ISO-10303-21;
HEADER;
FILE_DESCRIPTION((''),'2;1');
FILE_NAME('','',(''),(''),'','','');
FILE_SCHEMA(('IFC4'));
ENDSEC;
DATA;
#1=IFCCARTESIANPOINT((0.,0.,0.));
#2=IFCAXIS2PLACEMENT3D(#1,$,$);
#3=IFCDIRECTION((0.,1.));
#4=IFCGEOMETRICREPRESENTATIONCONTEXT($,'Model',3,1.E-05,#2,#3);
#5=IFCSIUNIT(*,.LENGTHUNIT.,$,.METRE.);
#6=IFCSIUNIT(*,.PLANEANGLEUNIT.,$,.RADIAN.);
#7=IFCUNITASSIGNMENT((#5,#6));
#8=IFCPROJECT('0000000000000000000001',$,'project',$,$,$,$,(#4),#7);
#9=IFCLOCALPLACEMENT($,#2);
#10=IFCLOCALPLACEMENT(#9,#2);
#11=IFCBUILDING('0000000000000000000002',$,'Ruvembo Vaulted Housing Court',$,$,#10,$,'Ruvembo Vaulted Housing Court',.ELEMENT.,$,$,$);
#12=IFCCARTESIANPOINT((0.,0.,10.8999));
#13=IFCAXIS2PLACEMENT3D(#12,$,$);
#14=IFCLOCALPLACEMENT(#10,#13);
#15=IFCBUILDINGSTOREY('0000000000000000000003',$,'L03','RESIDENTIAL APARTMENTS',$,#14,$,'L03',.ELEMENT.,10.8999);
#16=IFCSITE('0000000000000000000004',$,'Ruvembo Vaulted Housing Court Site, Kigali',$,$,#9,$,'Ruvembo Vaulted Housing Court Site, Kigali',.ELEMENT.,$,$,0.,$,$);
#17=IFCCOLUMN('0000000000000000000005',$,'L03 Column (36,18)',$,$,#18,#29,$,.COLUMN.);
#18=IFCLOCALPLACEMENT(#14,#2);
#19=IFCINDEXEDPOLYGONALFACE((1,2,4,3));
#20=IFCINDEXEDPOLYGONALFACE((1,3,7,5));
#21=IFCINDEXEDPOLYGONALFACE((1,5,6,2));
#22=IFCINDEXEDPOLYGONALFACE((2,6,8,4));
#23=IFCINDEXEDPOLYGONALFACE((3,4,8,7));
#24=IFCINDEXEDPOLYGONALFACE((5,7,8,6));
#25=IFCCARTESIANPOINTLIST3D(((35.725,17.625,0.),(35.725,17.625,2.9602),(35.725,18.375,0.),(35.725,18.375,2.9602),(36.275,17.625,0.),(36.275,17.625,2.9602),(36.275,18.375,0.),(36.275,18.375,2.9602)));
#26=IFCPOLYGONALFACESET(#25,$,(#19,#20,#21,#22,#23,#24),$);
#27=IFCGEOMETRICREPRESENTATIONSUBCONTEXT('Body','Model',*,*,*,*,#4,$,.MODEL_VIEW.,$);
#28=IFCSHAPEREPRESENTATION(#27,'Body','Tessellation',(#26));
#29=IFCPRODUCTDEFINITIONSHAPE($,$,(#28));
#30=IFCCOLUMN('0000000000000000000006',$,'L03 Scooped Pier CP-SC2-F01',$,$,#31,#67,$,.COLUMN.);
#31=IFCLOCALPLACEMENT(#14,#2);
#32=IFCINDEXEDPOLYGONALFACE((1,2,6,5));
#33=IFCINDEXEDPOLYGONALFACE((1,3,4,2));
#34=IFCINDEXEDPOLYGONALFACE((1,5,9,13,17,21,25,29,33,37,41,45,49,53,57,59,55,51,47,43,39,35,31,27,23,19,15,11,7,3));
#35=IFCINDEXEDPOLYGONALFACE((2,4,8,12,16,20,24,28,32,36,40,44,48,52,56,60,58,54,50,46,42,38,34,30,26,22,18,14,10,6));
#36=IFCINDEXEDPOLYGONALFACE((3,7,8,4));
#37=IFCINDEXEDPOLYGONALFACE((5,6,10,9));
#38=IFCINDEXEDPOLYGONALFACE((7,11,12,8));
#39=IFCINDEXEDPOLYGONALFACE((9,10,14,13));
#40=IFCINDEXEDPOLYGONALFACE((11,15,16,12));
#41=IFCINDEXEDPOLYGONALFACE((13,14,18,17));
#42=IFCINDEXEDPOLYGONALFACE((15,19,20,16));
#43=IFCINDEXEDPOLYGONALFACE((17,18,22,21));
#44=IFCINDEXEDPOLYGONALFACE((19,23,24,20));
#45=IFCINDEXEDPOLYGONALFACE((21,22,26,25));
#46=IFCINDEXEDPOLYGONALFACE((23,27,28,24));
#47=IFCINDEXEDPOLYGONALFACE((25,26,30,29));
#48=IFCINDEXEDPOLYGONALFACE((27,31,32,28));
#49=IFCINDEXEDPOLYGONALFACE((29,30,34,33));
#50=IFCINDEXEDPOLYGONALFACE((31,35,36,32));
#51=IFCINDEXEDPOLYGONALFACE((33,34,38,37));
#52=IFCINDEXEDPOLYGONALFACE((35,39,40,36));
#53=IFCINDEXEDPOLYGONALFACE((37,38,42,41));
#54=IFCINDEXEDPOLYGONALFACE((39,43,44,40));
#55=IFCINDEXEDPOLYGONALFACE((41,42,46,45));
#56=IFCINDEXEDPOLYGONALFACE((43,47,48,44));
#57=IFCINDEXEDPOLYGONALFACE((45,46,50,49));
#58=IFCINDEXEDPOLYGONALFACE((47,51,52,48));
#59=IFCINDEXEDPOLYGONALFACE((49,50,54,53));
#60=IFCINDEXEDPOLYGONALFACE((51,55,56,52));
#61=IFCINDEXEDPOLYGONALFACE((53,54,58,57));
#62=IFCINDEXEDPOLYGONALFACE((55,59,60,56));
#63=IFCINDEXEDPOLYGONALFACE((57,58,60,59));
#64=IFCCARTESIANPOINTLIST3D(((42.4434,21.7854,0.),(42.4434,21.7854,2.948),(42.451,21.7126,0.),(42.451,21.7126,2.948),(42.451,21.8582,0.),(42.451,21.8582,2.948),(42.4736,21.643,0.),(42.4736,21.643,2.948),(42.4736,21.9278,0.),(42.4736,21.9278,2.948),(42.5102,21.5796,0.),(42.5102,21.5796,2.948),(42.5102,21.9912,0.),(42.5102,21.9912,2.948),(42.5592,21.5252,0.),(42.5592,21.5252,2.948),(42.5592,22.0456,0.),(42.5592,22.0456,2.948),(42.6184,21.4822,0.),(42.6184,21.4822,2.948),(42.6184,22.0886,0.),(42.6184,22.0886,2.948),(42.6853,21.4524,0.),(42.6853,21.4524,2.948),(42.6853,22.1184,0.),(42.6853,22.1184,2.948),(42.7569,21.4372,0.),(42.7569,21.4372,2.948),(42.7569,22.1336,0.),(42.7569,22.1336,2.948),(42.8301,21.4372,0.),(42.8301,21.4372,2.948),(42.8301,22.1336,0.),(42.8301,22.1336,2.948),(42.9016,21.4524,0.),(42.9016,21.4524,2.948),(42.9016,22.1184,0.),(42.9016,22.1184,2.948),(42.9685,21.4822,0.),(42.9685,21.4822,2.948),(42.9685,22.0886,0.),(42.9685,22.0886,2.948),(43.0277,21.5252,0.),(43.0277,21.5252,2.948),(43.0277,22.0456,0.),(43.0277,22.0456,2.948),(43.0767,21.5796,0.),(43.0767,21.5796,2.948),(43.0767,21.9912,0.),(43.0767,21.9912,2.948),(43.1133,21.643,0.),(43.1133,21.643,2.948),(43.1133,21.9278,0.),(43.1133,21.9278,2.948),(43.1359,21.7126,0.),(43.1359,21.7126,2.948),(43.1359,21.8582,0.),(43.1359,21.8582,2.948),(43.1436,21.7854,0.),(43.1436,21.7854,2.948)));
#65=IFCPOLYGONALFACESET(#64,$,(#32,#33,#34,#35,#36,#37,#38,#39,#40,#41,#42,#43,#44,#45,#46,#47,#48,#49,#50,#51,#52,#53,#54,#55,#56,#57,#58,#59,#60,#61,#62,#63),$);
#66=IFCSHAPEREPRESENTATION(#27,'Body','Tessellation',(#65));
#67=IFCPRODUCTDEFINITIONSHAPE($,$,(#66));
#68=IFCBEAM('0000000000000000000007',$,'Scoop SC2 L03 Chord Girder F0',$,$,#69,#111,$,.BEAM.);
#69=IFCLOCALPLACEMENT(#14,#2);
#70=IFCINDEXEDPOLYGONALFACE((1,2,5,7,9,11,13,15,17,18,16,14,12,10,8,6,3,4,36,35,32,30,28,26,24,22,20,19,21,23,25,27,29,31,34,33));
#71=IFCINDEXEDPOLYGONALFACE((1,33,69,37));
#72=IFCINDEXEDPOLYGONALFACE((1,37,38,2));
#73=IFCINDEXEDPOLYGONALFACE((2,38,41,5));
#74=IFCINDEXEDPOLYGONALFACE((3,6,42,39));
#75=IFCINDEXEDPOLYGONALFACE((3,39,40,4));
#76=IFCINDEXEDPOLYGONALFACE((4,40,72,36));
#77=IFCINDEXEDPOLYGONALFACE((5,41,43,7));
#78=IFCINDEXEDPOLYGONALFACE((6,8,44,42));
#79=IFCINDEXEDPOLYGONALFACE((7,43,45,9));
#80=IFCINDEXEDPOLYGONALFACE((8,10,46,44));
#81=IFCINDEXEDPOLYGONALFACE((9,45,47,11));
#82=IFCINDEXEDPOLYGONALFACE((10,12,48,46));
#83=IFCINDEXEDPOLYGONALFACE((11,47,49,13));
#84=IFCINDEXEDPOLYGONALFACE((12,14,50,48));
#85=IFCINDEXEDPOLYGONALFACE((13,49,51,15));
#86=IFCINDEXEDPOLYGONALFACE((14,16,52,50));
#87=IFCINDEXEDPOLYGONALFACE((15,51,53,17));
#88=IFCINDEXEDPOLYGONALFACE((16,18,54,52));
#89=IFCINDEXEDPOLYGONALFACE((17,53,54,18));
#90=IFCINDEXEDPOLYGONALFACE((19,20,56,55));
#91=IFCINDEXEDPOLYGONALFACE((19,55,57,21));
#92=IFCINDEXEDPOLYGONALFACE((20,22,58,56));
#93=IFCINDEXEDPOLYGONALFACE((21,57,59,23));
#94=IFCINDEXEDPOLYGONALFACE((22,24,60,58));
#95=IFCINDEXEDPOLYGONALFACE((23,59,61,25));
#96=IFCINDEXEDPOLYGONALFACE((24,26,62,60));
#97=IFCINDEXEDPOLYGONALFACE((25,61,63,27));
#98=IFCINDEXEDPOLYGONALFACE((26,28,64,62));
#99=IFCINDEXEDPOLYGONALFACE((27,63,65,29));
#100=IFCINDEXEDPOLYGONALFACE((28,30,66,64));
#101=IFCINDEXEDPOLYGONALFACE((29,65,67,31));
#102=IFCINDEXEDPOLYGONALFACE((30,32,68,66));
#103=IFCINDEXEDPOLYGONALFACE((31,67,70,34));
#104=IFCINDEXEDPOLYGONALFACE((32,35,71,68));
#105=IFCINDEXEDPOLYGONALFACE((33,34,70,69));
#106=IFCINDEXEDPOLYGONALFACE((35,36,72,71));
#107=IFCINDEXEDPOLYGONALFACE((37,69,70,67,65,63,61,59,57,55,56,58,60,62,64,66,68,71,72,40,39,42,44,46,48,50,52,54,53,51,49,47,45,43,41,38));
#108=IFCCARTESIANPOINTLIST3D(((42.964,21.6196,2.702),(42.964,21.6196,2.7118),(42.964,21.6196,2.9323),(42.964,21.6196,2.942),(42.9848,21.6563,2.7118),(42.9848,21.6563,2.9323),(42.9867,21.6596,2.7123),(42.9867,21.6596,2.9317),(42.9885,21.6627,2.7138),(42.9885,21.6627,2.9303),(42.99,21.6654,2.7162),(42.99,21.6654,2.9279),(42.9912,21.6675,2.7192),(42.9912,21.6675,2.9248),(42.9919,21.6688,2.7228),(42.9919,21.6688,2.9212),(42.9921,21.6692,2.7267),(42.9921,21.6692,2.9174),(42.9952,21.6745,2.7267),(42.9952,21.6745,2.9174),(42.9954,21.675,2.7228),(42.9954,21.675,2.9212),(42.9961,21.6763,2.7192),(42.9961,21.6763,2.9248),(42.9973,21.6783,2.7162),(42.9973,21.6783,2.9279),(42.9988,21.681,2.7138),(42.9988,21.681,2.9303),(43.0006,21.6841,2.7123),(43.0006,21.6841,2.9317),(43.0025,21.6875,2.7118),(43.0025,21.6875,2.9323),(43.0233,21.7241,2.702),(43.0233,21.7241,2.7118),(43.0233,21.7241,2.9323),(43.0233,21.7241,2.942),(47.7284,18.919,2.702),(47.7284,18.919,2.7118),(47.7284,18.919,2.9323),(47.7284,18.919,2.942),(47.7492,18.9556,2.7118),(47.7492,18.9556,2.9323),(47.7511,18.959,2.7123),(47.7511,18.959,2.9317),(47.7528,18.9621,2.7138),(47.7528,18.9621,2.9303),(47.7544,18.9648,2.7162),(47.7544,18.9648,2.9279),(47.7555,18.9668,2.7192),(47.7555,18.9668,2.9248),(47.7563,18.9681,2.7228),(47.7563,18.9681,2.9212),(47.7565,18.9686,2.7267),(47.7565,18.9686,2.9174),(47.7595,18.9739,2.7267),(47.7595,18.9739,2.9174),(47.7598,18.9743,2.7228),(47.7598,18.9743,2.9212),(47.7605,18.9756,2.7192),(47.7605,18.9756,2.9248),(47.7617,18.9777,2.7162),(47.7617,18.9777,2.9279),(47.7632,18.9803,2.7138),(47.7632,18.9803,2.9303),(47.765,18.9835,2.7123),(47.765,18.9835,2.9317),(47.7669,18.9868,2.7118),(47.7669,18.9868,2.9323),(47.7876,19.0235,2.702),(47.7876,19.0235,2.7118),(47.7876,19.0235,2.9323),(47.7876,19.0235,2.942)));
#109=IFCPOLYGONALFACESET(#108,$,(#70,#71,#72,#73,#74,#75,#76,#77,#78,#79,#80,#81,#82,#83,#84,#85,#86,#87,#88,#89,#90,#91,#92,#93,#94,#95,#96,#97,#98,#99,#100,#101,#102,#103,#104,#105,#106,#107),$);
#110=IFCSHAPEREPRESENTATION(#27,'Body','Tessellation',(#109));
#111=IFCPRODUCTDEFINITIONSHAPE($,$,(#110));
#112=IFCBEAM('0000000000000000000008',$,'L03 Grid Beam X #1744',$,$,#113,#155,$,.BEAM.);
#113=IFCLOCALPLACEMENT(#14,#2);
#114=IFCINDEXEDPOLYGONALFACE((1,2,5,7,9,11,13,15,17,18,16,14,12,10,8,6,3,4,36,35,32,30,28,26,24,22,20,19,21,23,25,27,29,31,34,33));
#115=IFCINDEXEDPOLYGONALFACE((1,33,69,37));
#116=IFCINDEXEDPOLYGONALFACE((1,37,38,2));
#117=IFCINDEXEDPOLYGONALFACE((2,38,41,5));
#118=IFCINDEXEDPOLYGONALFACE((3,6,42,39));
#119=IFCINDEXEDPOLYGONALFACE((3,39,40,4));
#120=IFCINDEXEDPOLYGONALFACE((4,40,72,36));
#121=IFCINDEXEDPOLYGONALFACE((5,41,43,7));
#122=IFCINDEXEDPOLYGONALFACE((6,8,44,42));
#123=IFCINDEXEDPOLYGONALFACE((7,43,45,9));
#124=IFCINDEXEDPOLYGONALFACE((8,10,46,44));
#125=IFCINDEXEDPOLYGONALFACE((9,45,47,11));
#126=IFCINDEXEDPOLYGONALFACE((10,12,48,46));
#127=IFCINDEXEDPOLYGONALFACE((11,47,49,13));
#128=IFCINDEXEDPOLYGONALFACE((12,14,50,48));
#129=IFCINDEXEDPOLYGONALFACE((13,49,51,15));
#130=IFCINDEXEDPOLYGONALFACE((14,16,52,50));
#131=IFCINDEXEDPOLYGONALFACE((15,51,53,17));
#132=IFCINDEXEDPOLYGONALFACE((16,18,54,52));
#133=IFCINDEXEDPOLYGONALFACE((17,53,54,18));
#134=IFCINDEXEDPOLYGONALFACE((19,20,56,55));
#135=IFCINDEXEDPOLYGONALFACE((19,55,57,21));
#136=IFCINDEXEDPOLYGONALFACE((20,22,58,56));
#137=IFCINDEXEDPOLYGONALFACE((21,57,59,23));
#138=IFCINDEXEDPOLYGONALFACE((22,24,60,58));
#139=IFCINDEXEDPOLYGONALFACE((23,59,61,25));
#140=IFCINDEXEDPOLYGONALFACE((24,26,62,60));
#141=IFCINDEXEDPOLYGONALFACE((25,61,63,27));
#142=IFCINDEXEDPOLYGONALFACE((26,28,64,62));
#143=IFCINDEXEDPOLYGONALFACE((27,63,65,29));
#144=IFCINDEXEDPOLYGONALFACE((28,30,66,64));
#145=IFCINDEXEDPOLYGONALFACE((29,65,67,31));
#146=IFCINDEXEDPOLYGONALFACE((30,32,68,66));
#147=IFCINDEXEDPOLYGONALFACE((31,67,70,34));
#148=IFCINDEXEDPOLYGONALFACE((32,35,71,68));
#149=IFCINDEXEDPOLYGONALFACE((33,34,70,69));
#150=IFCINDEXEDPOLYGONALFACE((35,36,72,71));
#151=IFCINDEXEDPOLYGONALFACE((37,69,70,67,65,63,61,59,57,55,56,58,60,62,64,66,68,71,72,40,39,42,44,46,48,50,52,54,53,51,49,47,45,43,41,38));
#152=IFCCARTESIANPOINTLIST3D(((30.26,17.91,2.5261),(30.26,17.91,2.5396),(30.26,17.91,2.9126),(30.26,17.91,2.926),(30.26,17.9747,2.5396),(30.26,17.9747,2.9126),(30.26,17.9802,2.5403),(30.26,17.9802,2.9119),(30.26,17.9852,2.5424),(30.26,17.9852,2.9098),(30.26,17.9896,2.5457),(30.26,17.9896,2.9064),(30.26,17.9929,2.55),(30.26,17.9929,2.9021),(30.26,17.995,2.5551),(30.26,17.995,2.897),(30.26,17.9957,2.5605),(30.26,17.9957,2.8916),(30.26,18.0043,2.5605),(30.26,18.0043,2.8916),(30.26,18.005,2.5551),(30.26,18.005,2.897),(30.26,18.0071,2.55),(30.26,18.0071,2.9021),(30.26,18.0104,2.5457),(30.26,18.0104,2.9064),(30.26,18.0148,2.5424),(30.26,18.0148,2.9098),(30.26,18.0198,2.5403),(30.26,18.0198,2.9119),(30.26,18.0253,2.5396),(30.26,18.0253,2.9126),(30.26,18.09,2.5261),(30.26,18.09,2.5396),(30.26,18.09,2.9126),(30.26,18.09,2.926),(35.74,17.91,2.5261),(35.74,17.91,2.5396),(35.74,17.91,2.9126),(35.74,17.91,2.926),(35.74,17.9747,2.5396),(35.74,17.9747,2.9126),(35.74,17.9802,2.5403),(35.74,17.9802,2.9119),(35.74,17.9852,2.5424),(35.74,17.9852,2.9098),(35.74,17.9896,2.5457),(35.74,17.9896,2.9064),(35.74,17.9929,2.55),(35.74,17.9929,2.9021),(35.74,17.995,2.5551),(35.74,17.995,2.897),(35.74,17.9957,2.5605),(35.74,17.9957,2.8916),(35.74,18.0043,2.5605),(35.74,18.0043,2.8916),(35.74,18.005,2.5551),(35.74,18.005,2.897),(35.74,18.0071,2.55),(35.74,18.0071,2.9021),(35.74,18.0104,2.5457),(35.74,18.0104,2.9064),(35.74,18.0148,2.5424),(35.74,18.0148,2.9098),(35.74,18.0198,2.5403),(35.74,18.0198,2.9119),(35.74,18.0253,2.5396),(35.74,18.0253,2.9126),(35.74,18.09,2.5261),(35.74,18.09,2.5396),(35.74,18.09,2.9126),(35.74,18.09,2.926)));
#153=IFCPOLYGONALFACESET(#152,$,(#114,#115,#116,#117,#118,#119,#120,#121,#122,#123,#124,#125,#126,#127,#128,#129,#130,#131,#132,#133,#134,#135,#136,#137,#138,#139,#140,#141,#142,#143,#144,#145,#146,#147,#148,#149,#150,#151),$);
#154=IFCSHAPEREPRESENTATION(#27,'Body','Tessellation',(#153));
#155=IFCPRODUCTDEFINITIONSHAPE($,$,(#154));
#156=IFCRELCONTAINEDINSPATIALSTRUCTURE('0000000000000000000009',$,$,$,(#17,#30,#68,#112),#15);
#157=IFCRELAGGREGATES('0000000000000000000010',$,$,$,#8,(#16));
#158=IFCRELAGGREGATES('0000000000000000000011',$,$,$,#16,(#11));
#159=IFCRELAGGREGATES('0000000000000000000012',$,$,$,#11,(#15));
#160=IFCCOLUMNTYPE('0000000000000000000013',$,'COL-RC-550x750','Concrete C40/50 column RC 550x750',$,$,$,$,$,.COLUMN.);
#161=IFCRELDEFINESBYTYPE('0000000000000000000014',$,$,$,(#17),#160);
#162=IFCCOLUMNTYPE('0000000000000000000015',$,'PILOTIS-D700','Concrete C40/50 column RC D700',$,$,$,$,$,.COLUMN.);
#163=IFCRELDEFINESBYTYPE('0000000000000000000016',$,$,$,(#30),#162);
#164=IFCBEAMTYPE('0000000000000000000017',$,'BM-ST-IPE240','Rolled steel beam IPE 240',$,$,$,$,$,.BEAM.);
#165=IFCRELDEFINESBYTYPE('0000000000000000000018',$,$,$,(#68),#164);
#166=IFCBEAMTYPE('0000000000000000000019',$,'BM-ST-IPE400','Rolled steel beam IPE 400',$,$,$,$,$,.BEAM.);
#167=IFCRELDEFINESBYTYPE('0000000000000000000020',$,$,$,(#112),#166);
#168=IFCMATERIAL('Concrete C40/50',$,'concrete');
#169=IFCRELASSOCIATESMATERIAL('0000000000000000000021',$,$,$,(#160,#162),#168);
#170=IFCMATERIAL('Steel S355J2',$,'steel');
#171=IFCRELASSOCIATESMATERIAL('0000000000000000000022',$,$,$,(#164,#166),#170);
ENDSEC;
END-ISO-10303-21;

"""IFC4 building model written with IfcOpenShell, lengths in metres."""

from ifc_helpers import new_model, si_unit, direction, frame, origin, origin_2d, place, context, subcontext, project, spatial, rectangle, circle, i_section, extrude, material, material_profile, profile_set, type_object, element, save


model = new_model("IFC4")

# Units and contexts
model_context = context("Model", 3, precision=1e-05, world=origin(), true_north=direction((0.0, 1.0)))
body_context = subcontext(model_context, "Body", "Model", "MODEL_VIEW")
ifc_project = project(units=[si_unit("LENGTHUNIT", "METRE"), si_unit("PLANEANGLEUNIT", "RADIAN")], contexts=[model_context])

# Site, building, storey
site_placement = place(None, origin())
site = spatial("IfcSite", under=ifc_project, at=site_placement, Name="Ruvembo Vaulted Housing Court Site, Kigali", LongName="Ruvembo Vaulted Housing Court Site, Kigali", CompositionType="ELEMENT", RefElevation=0.0)
building_placement = place(site_placement, origin())
building = spatial("IfcBuilding", under=site, at=building_placement, Name="Ruvembo Vaulted Housing Court", LongName="Ruvembo Vaulted Housing Court", CompositionType="ELEMENT")
storey_placement = place(building_placement, frame((0.0, 0.0, 10.8999)))
storey = spatial("IfcBuildingStorey", under=building, at=storey_placement, Name="L03", Description="RESIDENTIAL APARTMENTS", LongName="L03", CompositionType="ELEMENT", Elevation=10.8999)

# Columns
ifc_material_1 = material(Name="Concrete C40/50", Category="concrete")
ifc_material_profile_1 = material_profile(ifc_material_1, rectangle(XDim=0.55, YDim=0.75, at=origin_2d()), Name="RC 550x750")
ifc_profile_set_1 = profile_set([ifc_material_profile_1], Name="Concrete C40/50")
column_type_1 = type_object("IfcColumnType", Name="COL-RC-550x750", Description="Concrete C40/50 column RC 550x750", PredefinedType="COLUMN", material=ifc_profile_set_1)
column_1_placement = place(storey_placement, frame((36.0, 18.0, 0.0), z_axis=(0.0, 0.0, 1.0), x_axis=(1.0, 0.0, 0.0)))
element("IfcColumn", 1, at=column_1_placement, inside=storey, type_object=column_type_1, Name="L03 Column (36,18)", PredefinedType="COLUMN", context=body_context, shape_type="SweptSolid", body=[
    extrude(rectangle(XDim=0.55, YDim=0.75, at=origin_2d()), origin(), (0.0, 0.0, 1.0), 2.9602),
])
ifc_material_profile_2 = material_profile(ifc_material_1, circle(Radius=0.3501, at=origin_2d()), Name="RC D700")
ifc_profile_set_2 = profile_set([ifc_material_profile_2], Name="Concrete C40/50")
column_type_2 = type_object("IfcColumnType", Name="PILOTIS-D700", Description="Concrete C40/50 column RC D700", PredefinedType="COLUMN", material=ifc_profile_set_2)
column_2_placement = place(storey_placement, frame((42.7935, 21.7854, 0.0), z_axis=(0.0, 0.0, 1.0), x_axis=(1.0, 0.0, 0.0)))
element("IfcColumn", 2, at=column_2_placement, inside=storey, type_object=column_type_2, Name="L03 Scooped Pier CP-SC2-F01", PredefinedType="COLUMN", context=body_context, shape_type="SweptSolid", body=[
    extrude(circle(Radius=0.3501, at=origin_2d()), origin(), (0.0, 0.0, 1.0), 2.948),
])

# Beams
ifc_material_2 = material(Name="Steel S355J2", Category="steel")
ifc_material_profile_3 = material_profile(ifc_material_2, i_section(OverallWidth=0.1201, OverallDepth=0.24, WebThickness=0.0061, FlangeThickness=0.0098, FilletRadius=0.0149, at=origin_2d()), Name="IPE 240")
ifc_profile_set_3 = profile_set([ifc_material_profile_3], Name="Steel S355J2")
beam_type_1 = type_object("IfcBeamType", Name="BM-ST-IPE240", Description="Rolled steel beam IPE 240", PredefinedType="BEAM", material=ifc_profile_set_3)
beam_1_placement = place(storey_placement, frame((42.9937, 21.6719, 2.822), z_axis=(0.869955, -0.493131, 0.0), x_axis=(0.493131, 0.869955, 0.0)))
element("IfcBeam", 3, at=beam_1_placement, inside=storey, type_object=beam_type_1, Name="Scoop SC2 L03 Chord Girder F0", PredefinedType="BEAM", context=body_context, shape_type="SweptSolid", body=[
    extrude(i_section(OverallWidth=0.1201, OverallDepth=0.24, WebThickness=0.0061, FlangeThickness=0.0098, FilletRadius=0.0149, at=origin_2d()), origin(), (0.0, 0.0, 1.0), 5.4766),
])
ifc_material_profile_4 = material_profile(ifc_material_2, i_section(OverallWidth=0.1799, OverallDepth=0.3999, WebThickness=0.0085, FlangeThickness=0.0134, FilletRadius=0.021, at=origin_2d()), Name="IPE 400")
ifc_profile_set_4 = profile_set([ifc_material_profile_4], Name="Steel S355J2")
beam_type_2 = type_object("IfcBeamType", Name="BM-ST-IPE400", Description="Rolled steel beam IPE 400", PredefinedType="BEAM", material=ifc_profile_set_4)
beam_2_placement = place(storey_placement, frame((30.26, 18.0, 2.7261), z_axis=(1.0, 0.0, 0.0), x_axis=(0.0, 1.0, 0.0)))
element("IfcBeam", 4, at=beam_2_placement, inside=storey, type_object=beam_type_2, Name="L03 Grid Beam X #1744", PredefinedType="BEAM", context=body_context, shape_type="SweptSolid", body=[
    extrude(i_section(OverallWidth=0.1799, OverallDepth=0.3999, WebThickness=0.0085, FlangeThickness=0.0134, FilletRadius=0.021, at=origin_2d()), origin(), (0.0, 0.0, 1.0), 5.48),
])

save(model, "model.ifc")
